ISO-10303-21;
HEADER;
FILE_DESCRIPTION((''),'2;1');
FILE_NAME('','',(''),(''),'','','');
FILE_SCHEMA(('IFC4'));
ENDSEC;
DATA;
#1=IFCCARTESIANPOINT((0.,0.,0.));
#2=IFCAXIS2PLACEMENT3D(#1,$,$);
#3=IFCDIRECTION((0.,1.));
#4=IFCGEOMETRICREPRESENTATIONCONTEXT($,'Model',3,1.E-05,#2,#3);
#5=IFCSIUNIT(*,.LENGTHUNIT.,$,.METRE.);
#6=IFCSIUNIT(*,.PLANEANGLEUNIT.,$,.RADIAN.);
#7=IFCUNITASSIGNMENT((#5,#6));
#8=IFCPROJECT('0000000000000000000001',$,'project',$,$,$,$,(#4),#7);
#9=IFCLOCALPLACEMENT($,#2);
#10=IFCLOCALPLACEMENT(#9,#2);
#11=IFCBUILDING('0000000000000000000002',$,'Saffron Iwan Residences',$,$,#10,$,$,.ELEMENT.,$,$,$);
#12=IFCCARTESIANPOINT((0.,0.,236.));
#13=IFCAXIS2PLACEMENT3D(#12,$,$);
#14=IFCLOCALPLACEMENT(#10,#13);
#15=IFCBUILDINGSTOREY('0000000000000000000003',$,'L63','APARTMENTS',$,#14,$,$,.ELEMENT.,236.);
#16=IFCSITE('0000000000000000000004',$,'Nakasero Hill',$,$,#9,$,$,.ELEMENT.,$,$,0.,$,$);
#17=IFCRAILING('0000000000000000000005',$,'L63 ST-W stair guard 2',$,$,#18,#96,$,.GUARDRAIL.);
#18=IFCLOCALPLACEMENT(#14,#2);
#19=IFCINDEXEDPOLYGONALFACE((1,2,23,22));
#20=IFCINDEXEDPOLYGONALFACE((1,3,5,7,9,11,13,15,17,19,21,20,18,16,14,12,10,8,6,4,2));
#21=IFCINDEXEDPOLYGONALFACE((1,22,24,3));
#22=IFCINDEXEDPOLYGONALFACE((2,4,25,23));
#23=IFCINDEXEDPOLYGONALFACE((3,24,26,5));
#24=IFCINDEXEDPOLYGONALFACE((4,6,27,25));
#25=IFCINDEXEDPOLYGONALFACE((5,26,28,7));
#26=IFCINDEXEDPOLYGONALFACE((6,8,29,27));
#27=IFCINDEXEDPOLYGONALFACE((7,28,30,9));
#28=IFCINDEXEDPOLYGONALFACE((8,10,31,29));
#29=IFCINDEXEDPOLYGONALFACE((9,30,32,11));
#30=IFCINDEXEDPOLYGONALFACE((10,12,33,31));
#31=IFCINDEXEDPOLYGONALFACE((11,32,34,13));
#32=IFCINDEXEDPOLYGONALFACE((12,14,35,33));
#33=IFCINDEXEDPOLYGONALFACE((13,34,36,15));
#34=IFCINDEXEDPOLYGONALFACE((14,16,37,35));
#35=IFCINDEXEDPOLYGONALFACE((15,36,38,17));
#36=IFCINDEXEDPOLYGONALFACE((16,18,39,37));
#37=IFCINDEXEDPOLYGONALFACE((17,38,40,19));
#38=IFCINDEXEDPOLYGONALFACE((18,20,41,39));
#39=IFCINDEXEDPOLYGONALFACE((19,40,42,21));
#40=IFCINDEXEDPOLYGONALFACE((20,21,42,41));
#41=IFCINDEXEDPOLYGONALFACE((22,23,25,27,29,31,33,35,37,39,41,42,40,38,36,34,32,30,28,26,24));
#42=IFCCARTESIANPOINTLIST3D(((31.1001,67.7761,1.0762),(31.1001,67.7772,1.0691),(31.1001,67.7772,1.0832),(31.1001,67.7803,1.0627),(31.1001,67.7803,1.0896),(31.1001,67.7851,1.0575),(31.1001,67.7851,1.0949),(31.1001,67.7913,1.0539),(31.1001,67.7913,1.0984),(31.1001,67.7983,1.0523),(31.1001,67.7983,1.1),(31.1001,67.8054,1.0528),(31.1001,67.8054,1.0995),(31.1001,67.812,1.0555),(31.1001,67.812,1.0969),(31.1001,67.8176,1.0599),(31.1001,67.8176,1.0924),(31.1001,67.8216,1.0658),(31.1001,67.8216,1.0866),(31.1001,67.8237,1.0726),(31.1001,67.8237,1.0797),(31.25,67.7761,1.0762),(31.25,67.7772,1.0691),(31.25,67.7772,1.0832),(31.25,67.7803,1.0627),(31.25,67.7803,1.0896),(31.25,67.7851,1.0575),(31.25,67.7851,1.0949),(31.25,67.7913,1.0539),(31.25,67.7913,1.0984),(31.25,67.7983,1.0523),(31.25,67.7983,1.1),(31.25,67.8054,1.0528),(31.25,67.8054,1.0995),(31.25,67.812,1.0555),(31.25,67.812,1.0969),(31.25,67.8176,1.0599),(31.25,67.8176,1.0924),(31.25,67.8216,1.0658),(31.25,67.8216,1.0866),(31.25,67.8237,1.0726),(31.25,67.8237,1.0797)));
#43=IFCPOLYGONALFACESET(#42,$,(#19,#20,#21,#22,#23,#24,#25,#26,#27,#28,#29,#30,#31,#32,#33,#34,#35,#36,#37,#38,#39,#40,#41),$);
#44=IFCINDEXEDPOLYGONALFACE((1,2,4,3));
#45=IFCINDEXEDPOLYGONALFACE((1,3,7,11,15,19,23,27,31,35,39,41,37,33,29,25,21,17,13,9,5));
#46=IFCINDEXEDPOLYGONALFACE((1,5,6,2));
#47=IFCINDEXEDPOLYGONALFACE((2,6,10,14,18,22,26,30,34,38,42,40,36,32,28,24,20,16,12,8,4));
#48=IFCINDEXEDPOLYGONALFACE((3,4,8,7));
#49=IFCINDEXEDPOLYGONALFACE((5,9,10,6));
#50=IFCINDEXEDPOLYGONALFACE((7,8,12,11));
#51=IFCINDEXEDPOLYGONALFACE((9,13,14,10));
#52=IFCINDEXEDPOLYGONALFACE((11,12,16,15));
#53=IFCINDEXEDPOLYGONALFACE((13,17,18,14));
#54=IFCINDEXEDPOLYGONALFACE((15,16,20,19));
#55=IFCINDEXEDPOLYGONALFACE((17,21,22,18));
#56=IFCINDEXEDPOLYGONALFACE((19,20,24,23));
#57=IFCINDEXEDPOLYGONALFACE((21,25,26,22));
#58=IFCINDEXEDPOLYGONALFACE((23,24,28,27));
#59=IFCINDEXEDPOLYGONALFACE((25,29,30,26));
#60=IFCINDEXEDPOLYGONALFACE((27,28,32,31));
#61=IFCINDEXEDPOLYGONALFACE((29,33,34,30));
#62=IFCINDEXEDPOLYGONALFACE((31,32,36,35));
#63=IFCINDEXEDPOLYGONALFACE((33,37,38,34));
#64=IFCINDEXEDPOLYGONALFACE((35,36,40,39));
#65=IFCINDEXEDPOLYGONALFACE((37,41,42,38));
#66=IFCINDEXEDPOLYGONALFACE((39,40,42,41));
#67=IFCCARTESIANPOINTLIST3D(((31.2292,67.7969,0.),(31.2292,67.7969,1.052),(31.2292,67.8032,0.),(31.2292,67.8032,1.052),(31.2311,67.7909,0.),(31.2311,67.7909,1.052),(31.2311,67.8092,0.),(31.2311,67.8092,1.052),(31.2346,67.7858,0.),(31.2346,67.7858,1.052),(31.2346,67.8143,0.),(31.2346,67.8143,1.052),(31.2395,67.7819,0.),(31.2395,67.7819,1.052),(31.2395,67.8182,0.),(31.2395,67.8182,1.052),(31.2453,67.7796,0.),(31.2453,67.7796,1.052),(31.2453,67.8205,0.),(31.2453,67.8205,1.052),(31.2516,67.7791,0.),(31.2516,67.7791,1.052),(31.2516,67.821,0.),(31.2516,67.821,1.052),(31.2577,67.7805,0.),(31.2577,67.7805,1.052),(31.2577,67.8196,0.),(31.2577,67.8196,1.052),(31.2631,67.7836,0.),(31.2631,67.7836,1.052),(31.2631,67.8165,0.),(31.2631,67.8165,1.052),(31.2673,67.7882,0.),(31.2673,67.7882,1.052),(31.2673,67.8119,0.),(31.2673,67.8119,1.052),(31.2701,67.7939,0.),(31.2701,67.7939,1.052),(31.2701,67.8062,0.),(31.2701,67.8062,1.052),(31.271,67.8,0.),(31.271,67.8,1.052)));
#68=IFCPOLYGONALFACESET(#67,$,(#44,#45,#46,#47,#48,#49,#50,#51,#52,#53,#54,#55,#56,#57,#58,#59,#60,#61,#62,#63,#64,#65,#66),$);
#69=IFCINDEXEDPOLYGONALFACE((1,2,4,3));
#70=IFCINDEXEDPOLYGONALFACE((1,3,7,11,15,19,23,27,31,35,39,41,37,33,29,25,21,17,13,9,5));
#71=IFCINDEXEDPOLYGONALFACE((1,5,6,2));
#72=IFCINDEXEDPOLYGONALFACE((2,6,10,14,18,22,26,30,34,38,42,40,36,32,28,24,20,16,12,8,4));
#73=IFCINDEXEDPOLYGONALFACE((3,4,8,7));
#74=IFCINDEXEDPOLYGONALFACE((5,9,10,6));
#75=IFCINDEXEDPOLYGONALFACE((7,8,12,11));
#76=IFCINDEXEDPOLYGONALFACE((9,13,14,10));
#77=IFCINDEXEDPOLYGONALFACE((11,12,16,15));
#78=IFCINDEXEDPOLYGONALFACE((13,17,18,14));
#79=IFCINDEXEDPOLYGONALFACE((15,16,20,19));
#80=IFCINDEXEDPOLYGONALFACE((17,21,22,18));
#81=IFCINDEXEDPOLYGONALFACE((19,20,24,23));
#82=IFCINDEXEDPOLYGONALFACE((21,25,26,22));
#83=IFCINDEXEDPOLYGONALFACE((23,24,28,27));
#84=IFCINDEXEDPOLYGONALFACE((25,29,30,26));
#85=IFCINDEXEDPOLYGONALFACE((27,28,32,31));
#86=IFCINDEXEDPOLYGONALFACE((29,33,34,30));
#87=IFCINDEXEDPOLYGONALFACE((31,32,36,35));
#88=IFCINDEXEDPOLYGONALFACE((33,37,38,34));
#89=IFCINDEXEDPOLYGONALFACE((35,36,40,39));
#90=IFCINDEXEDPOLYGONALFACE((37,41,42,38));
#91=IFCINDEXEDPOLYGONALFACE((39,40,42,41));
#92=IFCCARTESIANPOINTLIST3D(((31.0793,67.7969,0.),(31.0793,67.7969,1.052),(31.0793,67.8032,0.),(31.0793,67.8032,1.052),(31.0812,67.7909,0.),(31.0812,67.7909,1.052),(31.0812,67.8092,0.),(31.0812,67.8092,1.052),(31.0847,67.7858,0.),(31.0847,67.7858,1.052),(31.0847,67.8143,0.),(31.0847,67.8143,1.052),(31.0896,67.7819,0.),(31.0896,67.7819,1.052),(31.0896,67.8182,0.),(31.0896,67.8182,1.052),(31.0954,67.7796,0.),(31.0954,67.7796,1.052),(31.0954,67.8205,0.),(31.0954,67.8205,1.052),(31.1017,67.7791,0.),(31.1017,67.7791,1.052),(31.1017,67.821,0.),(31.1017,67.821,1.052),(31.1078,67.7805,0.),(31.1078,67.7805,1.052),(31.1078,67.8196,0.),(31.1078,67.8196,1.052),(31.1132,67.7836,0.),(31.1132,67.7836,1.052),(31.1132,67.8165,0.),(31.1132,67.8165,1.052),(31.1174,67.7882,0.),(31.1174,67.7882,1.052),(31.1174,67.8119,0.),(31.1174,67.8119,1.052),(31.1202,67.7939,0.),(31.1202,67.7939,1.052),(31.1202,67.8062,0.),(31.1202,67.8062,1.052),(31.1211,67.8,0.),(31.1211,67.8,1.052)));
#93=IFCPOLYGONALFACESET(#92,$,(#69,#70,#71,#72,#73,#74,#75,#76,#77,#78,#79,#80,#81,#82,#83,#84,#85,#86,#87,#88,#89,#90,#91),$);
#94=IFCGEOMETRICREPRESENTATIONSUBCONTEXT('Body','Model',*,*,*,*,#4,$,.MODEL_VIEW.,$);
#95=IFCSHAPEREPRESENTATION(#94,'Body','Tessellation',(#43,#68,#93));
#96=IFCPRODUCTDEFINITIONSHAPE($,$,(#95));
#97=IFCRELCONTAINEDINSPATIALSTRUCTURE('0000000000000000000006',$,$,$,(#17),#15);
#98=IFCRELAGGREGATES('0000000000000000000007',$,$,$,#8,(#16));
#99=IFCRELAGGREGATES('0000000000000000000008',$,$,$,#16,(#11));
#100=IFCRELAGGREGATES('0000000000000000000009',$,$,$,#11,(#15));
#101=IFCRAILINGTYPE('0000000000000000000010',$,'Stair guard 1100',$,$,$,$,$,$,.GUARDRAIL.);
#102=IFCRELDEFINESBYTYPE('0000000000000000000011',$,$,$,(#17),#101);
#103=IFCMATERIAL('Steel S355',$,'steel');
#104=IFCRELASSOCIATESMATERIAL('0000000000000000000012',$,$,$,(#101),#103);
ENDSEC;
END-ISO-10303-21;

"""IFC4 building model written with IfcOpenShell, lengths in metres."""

from ifc_helpers import new_model, si_unit, direction, frame, origin, origin_2d, place, context, subcontext, project, spatial, circle, extrude, material, type_object, element, save


model = new_model("IFC4")

# Units and contexts
model_context = context("Model", 3, precision=1e-05, world=origin(), true_north=direction((0.0, 1.0)))
body_context = subcontext(model_context, "Body", "Model", "MODEL_VIEW")
ifc_project = project(units=[si_unit("LENGTHUNIT", "METRE"), si_unit("PLANEANGLEUNIT", "RADIAN")], contexts=[model_context])

# Site, building, storey
site_placement = place(None, origin())
site = spatial("IfcSite", under=ifc_project, at=site_placement, Name="Nakasero Hill", CompositionType="ELEMENT", RefElevation=0.0)
building_placement = place(site_placement, origin())
building = spatial("IfcBuilding", under=site, at=building_placement, Name="Saffron Iwan Residences", CompositionType="ELEMENT")
storey_placement = place(building_placement, frame((0.0, 0.0, 236.0)))
storey = spatial("IfcBuildingStorey", under=building, at=storey_placement, Name="L63", Description="APARTMENTS", CompositionType="ELEMENT", Elevation=236.0)

# Railing
ifc_material_1 = material(Name="Steel S355", Category="steel")
railing_type_1 = type_object("IfcRailingType", Name="Stair guard 1100", PredefinedType="GUARDRAIL", material=ifc_material_1)
railing_1_placement = place(storey_placement, frame((31.25, 67.8, 0.0)))
element("IfcRailing", 1, at=railing_1_placement, inside=storey, type_object=railing_type_1, Name="L63 ST-W stair guard 2", PredefinedType="GUARDRAIL", context=body_context, shape_type="SweptSolid", body=[
    extrude(circle(Radius=0.0239, at=origin_2d()), frame((0.0, 0.0, 1.0762), z_axis=(-1.0, 0.0, 0.0), x_axis=(0.0, -1.0, 0.0)), (0.0, 0.0, 1.0), 0.1499),
    extrude(circle(Radius=0.021, at=origin_2d()), origin(), (0.0, 0.0, 1.0), 1.052),
    extrude(circle(Radius=0.021, at=origin_2d()), frame((-0.1499, 0.0, 0.0)), (0.0, 0.0, 1.0), 1.052),
])

save(model, "model.ifc")
